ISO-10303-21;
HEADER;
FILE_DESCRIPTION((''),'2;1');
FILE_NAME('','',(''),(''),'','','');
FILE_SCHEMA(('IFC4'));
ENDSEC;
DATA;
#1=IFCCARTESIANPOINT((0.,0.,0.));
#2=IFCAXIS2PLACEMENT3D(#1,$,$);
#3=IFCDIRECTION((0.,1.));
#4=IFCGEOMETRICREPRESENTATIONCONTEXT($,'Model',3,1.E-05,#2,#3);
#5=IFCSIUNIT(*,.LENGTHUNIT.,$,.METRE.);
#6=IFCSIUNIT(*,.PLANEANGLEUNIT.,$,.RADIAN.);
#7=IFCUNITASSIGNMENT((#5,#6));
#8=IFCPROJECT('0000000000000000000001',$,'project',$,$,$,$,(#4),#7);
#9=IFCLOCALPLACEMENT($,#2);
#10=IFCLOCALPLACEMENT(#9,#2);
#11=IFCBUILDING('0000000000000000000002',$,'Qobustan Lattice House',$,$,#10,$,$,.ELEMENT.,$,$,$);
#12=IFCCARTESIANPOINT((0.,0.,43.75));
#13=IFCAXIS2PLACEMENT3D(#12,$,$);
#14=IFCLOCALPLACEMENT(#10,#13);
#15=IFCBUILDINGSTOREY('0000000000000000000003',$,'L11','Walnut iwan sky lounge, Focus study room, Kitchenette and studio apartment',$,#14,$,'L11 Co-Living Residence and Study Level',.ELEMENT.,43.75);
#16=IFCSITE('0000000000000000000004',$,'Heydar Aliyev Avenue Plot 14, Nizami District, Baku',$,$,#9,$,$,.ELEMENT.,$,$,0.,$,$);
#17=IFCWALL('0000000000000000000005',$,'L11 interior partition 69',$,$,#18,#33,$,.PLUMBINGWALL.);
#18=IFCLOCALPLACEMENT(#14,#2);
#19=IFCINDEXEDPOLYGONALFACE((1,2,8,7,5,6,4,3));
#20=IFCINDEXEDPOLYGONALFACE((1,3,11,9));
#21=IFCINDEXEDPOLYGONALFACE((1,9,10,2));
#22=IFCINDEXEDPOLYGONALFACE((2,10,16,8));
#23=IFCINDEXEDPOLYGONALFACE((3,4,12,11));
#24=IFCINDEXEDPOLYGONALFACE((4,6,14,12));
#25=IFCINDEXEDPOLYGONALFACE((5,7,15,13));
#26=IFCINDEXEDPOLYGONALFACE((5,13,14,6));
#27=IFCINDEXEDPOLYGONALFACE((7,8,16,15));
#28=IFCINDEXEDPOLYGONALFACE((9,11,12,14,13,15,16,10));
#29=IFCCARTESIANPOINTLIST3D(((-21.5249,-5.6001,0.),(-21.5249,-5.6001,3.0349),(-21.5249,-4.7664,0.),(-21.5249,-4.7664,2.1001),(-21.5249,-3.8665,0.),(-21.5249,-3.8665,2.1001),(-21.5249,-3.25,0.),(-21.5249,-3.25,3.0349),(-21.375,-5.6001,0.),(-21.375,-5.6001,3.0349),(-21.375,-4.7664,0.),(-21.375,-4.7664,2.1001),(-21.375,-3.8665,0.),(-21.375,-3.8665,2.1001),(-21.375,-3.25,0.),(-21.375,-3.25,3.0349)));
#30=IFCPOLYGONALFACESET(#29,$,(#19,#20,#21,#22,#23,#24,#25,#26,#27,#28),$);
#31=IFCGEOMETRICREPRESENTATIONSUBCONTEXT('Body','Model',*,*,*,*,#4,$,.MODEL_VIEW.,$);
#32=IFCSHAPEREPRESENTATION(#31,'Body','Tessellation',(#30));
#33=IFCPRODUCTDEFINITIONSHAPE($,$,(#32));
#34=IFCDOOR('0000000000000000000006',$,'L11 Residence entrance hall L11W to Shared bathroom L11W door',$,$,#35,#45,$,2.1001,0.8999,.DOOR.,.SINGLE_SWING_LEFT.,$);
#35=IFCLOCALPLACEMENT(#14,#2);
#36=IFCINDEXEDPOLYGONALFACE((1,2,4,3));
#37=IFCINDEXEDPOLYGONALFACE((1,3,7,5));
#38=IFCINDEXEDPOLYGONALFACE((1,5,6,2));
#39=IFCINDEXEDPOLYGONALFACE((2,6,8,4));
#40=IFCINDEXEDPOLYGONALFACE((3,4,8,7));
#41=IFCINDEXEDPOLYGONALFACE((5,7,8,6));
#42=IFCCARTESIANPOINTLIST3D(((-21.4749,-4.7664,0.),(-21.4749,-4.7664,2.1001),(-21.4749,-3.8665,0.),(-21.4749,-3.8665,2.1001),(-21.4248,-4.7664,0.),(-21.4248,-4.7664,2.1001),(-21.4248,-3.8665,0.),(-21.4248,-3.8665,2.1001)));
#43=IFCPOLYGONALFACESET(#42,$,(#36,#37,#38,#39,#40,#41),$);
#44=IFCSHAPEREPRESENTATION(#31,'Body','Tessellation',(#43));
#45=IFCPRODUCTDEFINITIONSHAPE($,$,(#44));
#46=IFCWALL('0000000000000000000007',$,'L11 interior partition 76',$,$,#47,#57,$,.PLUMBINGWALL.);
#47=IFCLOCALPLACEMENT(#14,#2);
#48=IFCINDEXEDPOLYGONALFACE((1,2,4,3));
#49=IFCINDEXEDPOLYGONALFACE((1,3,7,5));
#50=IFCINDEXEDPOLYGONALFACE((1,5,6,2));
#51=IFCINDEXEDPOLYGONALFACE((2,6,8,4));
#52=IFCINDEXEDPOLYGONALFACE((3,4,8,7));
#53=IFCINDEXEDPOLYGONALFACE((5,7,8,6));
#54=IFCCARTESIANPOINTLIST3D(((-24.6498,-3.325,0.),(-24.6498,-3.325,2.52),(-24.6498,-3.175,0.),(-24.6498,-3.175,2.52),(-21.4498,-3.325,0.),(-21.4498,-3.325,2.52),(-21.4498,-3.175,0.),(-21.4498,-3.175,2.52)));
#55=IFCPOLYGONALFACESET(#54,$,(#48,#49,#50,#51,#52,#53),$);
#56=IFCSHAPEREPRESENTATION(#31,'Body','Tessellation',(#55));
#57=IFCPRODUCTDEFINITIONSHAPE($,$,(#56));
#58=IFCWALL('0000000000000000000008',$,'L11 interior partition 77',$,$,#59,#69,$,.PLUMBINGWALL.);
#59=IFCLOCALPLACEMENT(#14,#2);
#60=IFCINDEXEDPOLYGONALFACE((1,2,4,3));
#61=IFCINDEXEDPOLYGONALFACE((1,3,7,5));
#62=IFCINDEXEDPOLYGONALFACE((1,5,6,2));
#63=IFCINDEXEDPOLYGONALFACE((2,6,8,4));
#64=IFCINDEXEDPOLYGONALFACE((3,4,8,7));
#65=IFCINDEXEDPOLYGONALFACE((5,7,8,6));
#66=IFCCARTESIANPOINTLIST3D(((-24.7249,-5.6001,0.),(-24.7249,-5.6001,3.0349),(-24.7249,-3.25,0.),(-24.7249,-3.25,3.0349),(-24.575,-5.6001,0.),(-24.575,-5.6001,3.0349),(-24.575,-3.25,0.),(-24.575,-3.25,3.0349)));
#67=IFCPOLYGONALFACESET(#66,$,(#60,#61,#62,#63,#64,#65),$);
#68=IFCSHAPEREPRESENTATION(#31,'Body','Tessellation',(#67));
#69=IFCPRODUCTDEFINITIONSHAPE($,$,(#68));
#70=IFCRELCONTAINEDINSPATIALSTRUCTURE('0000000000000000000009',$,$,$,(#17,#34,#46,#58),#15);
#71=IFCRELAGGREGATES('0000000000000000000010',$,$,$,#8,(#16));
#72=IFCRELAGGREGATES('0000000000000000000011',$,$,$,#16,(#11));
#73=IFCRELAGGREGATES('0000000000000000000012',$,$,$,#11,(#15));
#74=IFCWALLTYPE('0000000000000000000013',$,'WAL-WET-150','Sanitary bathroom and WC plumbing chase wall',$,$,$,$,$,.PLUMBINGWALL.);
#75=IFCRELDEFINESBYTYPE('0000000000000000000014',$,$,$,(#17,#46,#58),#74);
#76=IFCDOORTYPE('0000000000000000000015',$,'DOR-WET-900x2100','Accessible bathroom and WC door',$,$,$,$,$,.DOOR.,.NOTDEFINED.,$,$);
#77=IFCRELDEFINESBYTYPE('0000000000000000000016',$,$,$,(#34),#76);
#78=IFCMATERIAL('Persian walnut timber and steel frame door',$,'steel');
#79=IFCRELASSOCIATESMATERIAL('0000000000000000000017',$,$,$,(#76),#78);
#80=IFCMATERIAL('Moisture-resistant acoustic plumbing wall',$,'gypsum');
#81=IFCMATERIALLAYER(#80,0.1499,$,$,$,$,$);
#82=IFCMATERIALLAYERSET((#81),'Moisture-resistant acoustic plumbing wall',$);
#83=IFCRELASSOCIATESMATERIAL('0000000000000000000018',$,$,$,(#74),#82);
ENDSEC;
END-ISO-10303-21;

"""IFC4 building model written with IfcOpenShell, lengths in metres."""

from ifc_helpers import new_model, si_unit, direction, frame, frame_2d, origin, place, context, subcontext, project, spatial, rectangle, extrude, material, layer, layer_set, type_object, element, fill, save


model = new_model("IFC4")

# Units and contexts
model_context = context("Model", 3, precision=1e-05, world=origin(), true_north=direction((0.0, 1.0)))
body_context = subcontext(model_context, "Body", "Model", "MODEL_VIEW")
ifc_project = project(units=[si_unit("LENGTHUNIT", "METRE"), si_unit("PLANEANGLEUNIT", "RADIAN")], contexts=[model_context])

# Site, building, storey
site_placement = place(None, origin())
site = spatial("IfcSite", under=ifc_project, at=site_placement, Name="Heydar Aliyev Avenue Plot 14, Nizami District, Baku", CompositionType="ELEMENT", RefElevation=0.0)
building_placement = place(site_placement, origin())
building = spatial("IfcBuilding", under=site, at=building_placement, Name="Qobustan Lattice House", CompositionType="ELEMENT")
storey_placement = place(building_placement, frame((0.0, 0.0, 43.75)))
storey = spatial("IfcBuildingStorey", under=building, at=storey_placement, Name="L11", Description="Walnut iwan sky lounge, Focus study room, Kitchenette and studio apartment", LongName="L11 Co-Living Residence and Study Level", CompositionType="ELEMENT", Elevation=43.75)

# Shared definitions
ifc_material_1 = material(Name="Persian walnut timber and steel frame door", Category="steel")
door_type_1 = type_object("IfcDoorType", Name="DOR-WET-900x2100", Description="Accessible bathroom and WC door", OperationType="NOTDEFINED", PredefinedType="DOOR", material=ifc_material_1)

# Shared definitions
ifc_material_2 = material(Name="Moisture-resistant acoustic plumbing wall", Category="gypsum")
ifc_layer_1 = layer(ifc_material_2, 0.1499)
ifc_layer_set_1 = layer_set([ifc_layer_1], Name="Moisture-resistant acoustic plumbing wall")
wall_type_1 = type_object("IfcWallType", Name="WAL-WET-150", Description="Sanitary bathroom and WC plumbing chase wall", PredefinedType="PLUMBINGWALL", material=ifc_layer_set_1)

# Wall, opening, door
wall_1_placement = place(storey_placement, frame((-21.45, -5.6001, 0.0), z_axis=(0.0, 0.0, 1.0), x_axis=(0.0, 1.0, 0.0)))
wall_1 = element("IfcWall", 1, at=wall_1_placement, inside=storey, type_object=wall_type_1, Name="L11 interior partition 69", PredefinedType="PLUMBINGWALL", context=body_context, shape_type="SweptSolid", body=[
    extrude(rectangle(XDim=2.3501, YDim=0.1499, at=frame_2d((1.175, 0.0))), origin(), (0.0, 0.0, 1.0), 3.0349),
])
opening_1_placement = place(wall_1_placement, frame((0.8337, 0.0, 0.0)))
opening_1 = element("IfcOpeningElement", 2, at=opening_1_placement, cuts=wall_1, PredefinedType="OPENING", context=body_context, shape_type="SweptSolid", body=[
    extrude(rectangle(XDim=0.8999, YDim=2.1001, at=frame_2d((0.45, 1.05))), frame((0.0, 0.085, 0.0), z_axis=(0.0, -1.0, 0.0), x_axis=(1.0, 0.0, 0.0)), (0.0, 0.0, 1.0), 0.1699),
])
door_1_placement = place(opening_1_placement, origin())
door_1 = element("IfcDoor", 3, at=door_1_placement, inside=storey, type_object=door_type_1, Name="L11 Residence entrance hall L11W to Shared bathroom L11W door", OperationType="SINGLE_SWING_LEFT", OverallHeight=2.1001, OverallWidth=0.8999, PredefinedType="DOOR", context=body_context, shape_type="SweptSolid", body=[
    extrude(rectangle(XDim=0.8999, YDim=2.1001, at=frame_2d((0.45, 1.05))), frame((0.0, 0.0249, 0.0), z_axis=(0.0, -1.0, 0.0), x_axis=(1.0, 0.0, 0.0)), (0.0, 0.0, 1.0), 0.05),
])
fill(opening_1, door_1)

# Walls
wall_2_placement = place(storey_placement, frame((-24.6499, -3.25, 0.0), z_axis=(0.0, 0.0, 1.0), x_axis=(1.0, 0.0, 0.0)))
element("IfcWall", 4, at=wall_2_placement, inside=storey, type_object=wall_type_1, Name="L11 interior partition 76", PredefinedType="PLUMBINGWALL", context=body_context, shape_type="SweptSolid", body=[
    extrude(rectangle(XDim=3.2, YDim=0.1499, at=frame_2d((1.6001, 0.0))), origin(), (0.0, 0.0, 1.0), 2.52),
])
wall_3_placement = place(storey_placement, frame((-24.6499, -5.6001, 0.0), z_axis=(0.0, 0.0, 1.0), x_axis=(0.0, 1.0, 0.0)))
element("IfcWall", 5, at=wall_3_placement, inside=storey, type_object=wall_type_1, Name="L11 interior partition 77", PredefinedType="PLUMBINGWALL", context=body_context, shape_type="SweptSolid", body=[
    extrude(rectangle(XDim=2.3501, YDim=0.1499, at=frame_2d((1.175, 0.0))), origin(), (0.0, 0.0, 1.0), 3.0349),
])

save(model, "model.ifc")
